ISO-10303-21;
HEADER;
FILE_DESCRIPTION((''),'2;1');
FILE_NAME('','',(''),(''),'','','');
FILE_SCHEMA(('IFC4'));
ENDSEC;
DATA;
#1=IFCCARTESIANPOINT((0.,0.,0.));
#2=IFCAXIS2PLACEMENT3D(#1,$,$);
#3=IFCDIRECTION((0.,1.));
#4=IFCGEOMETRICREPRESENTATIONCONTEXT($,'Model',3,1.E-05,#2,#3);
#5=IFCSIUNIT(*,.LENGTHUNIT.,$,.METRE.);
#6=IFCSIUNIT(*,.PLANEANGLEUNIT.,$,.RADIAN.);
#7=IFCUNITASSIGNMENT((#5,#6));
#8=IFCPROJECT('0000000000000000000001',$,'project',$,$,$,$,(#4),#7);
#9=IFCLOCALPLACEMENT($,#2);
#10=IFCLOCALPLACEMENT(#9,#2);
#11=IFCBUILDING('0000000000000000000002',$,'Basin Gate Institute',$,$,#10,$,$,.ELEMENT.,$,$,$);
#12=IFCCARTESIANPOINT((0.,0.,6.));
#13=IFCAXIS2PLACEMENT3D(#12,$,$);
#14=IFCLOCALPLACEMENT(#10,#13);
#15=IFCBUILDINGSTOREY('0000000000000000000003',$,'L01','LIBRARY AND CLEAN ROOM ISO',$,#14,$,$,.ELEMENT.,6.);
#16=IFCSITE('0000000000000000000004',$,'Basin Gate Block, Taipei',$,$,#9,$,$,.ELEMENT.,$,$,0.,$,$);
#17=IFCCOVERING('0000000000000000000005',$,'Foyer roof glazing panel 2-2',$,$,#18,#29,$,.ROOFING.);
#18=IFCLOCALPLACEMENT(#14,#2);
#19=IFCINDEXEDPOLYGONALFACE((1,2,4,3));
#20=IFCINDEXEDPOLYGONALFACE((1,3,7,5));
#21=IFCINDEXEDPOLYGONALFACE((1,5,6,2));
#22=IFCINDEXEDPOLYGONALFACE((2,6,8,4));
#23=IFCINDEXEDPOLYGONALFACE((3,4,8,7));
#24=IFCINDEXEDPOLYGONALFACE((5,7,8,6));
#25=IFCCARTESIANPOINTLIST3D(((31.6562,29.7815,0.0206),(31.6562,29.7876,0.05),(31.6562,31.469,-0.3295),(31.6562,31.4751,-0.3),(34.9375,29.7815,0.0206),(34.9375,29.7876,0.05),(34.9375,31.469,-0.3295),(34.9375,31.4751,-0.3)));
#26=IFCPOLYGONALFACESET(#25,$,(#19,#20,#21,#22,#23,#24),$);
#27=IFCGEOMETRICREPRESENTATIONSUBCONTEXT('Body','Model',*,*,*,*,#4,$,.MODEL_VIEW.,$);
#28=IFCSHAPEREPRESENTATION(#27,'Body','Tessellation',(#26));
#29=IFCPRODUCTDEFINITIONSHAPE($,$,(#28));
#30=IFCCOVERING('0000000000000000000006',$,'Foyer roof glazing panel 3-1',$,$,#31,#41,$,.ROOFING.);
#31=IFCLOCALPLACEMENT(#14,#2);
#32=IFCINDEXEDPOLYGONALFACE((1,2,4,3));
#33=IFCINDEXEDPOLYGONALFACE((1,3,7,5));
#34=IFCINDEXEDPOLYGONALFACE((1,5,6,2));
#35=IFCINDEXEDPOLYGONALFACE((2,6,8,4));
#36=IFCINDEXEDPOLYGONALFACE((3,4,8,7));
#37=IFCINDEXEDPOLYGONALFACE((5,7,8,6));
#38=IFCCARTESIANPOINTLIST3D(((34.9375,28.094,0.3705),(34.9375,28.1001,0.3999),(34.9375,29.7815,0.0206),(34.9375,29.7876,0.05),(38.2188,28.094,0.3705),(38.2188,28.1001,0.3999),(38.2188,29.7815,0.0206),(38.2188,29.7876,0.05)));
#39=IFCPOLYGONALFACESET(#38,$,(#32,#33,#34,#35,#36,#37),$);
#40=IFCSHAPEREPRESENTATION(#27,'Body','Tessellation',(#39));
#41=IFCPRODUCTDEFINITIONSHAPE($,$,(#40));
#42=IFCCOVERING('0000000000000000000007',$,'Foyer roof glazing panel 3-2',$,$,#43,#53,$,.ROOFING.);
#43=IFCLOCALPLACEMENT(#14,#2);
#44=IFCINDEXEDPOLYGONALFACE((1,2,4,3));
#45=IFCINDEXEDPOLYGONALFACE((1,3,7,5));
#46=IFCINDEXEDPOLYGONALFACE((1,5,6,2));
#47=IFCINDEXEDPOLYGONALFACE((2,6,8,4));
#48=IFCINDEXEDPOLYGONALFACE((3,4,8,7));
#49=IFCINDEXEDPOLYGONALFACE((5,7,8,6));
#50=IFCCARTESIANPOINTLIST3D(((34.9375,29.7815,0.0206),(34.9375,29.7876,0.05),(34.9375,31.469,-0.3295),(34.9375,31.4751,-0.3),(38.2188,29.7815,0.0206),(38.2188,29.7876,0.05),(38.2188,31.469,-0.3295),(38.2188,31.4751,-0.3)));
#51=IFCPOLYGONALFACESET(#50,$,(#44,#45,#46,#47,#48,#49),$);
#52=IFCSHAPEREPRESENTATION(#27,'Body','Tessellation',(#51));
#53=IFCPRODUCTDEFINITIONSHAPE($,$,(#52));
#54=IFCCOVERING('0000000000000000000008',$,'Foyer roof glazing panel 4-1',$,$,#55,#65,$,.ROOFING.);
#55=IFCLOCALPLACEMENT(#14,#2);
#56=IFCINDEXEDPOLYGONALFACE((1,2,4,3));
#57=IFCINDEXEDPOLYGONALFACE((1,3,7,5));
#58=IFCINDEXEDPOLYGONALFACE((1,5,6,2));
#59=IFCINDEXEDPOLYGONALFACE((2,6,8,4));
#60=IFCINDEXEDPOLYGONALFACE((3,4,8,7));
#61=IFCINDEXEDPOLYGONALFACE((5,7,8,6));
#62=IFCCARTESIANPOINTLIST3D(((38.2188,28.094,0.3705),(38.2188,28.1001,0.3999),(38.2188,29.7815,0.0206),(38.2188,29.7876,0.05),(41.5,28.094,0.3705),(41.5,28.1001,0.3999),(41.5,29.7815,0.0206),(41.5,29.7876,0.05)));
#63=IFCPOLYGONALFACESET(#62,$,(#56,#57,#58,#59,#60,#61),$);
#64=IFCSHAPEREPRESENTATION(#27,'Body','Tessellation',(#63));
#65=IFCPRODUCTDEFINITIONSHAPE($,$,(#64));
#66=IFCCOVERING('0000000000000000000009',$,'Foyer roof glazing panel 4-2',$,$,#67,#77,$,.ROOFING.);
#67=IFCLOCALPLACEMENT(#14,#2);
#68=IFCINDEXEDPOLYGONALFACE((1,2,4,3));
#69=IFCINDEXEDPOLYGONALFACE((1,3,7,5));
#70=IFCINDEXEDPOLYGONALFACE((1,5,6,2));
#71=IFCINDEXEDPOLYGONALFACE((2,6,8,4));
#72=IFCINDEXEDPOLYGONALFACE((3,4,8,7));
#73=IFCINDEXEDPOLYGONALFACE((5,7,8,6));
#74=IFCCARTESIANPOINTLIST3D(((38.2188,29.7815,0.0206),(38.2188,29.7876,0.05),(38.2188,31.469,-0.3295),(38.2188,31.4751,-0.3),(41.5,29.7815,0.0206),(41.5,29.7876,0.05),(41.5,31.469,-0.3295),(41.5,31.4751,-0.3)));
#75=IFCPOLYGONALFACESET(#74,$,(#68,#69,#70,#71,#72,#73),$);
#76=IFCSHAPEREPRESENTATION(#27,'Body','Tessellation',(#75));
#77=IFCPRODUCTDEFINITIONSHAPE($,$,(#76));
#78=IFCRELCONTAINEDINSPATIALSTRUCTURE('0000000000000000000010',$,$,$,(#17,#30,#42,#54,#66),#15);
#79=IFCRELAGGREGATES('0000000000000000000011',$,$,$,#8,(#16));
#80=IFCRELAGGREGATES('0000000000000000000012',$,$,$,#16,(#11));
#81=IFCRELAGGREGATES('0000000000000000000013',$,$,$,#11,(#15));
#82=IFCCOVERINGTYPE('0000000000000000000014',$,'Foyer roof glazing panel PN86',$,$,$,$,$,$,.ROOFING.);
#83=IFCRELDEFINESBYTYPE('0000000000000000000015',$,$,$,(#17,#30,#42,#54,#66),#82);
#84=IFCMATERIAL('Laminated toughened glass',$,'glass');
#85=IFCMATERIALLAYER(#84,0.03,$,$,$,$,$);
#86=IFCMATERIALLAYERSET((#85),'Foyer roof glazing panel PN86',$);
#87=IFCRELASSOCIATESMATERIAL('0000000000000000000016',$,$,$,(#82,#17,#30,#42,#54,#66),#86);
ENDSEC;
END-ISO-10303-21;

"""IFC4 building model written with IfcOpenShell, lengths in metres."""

from ifc_helpers import new_model, si_unit, direction, frame, origin, place, context, subcontext, project, spatial, polyline, outline, extrude, material, layer, layer_set, type_object, element, save


model = new_model("IFC4")

# Units and contexts
model_context = context("Model", 3, precision=1e-05, world=origin(), true_north=direction((0.0, 1.0)))
body_context = subcontext(model_context, "Body", "Model", "MODEL_VIEW")
ifc_project = project(units=[si_unit("LENGTHUNIT", "METRE"), si_unit("PLANEANGLEUNIT", "RADIAN")], contexts=[model_context])

# Site, building, storey
site_placement = place(None, origin())
site = spatial("IfcSite", under=ifc_project, at=site_placement, Name="Basin Gate Block, Taipei", CompositionType="ELEMENT", RefElevation=0.0)
building_placement = place(site_placement, origin())
building = spatial("IfcBuilding", under=site, at=building_placement, Name="Basin Gate Institute", CompositionType="ELEMENT")
storey_placement = place(building_placement, frame((0.0, 0.0, 6.0)))
storey = spatial("IfcBuildingStorey", under=building, at=storey_placement, Name="L01", Description="LIBRARY AND CLEAN ROOM ISO", CompositionType="ELEMENT", Elevation=6.0)

# Coverings
ifc_material_1 = material(Name="Laminated toughened glass", Category="glass")
ifc_layer_1 = layer(ifc_material_1, 0.03)
ifc_layer_set_1 = layer_set([ifc_layer_1], Name="Foyer roof glazing panel PN86")
covering_type = type_object("IfcCoveringType", Name="Foyer roof glazing panel PN86", PredefinedType="ROOFING", material=ifc_layer_set_1)
covering_1_placement = place(storey_placement, frame((31.6562, 29.7876, 0.05), z_axis=(0.0, 0.20314, 0.97915), x_axis=(1.0, 0.0, 0.0)))
element("IfcCovering", 1, at=covering_1_placement, inside=storey, type_object=covering_type, material=ifc_layer_set_1, Name="Foyer roof glazing panel 2-2", PredefinedType="ROOFING", context=body_context, shape_type="SweptSolid", body=[
    extrude(outline(polyline([(0.0, 0.0), (3.2812, 0.0), (3.2812, 1.7234), (0.0, 1.7234), (0.0, 0.0)])), origin(), (0.0, 0.0, -1.0), 0.03),
])
covering_2_placement = place(storey_placement, frame((34.9375, 28.1001, 0.3999), z_axis=(0.0, 0.203004, 0.979178), x_axis=(1.0, 0.0, 0.0)))
element("IfcCovering", 2, at=covering_2_placement, inside=storey, type_object=covering_type, material=ifc_layer_set_1, Name="Foyer roof glazing panel 3-1", PredefinedType="ROOFING", context=body_context, shape_type="SweptSolid", body=[
    extrude(outline(polyline([(0.0, 0.0), (3.2812, 0.0), (3.2812, 1.7234), (0.0, 1.7234), (0.0, 0.0)])), origin(), (0.0, 0.0, -1.0), 0.03),
])
covering_3_placement = place(storey_placement, frame((34.9375, 29.7876, 0.05), z_axis=(0.0, 0.20314, 0.97915), x_axis=(1.0, 0.0, 0.0)))
element("IfcCovering", 3, at=covering_3_placement, inside=storey, type_object=covering_type, material=ifc_layer_set_1, Name="Foyer roof glazing panel 3-2", PredefinedType="ROOFING", context=body_context, shape_type="SweptSolid", body=[
    extrude(outline(polyline([(0.0, 0.0), (3.2812, 0.0), (3.2812, 1.7234), (0.0, 1.7234), (0.0, 0.0)])), origin(), (0.0, 0.0, -1.0), 0.03),
])
covering_4_placement = place(storey_placement, frame((38.2188, 28.1001, 0.3999), z_axis=(0.0, 0.203004, 0.979178), x_axis=(1.0, 0.0, 0.0)))
element("IfcCovering", 4, at=covering_4_placement, inside=storey, type_object=covering_type, material=ifc_layer_set_1, Name="Foyer roof glazing panel 4-1", PredefinedType="ROOFING", context=body_context, shape_type="SweptSolid", body=[
    extrude(outline(polyline([(0.0, 0.0), (3.2812, 0.0), (3.2812, 1.7234), (0.0, 1.7234), (0.0, 0.0)])), origin(), (0.0, 0.0, -1.0), 0.03),
])
covering_5_placement = place(storey_placement, frame((38.2188, 29.7876, 0.05), z_axis=(0.0, 0.20314, 0.97915), x_axis=(1.0, 0.0, 0.0)))
element("IfcCovering", 5, at=covering_5_placement, inside=storey, type_object=covering_type, material=ifc_layer_set_1, Name="Foyer roof glazing panel 4-2", PredefinedType="ROOFING", context=body_context, shape_type="SweptSolid", body=[
    extrude(outline(polyline([(0.0, 0.0), (3.2812, 0.0), (3.2812, 1.7234), (0.0, 1.7234), (0.0, 0.0)])), origin(), (0.0, 0.0, -1.0), 0.03),
])

save(model, "model.ifc")
